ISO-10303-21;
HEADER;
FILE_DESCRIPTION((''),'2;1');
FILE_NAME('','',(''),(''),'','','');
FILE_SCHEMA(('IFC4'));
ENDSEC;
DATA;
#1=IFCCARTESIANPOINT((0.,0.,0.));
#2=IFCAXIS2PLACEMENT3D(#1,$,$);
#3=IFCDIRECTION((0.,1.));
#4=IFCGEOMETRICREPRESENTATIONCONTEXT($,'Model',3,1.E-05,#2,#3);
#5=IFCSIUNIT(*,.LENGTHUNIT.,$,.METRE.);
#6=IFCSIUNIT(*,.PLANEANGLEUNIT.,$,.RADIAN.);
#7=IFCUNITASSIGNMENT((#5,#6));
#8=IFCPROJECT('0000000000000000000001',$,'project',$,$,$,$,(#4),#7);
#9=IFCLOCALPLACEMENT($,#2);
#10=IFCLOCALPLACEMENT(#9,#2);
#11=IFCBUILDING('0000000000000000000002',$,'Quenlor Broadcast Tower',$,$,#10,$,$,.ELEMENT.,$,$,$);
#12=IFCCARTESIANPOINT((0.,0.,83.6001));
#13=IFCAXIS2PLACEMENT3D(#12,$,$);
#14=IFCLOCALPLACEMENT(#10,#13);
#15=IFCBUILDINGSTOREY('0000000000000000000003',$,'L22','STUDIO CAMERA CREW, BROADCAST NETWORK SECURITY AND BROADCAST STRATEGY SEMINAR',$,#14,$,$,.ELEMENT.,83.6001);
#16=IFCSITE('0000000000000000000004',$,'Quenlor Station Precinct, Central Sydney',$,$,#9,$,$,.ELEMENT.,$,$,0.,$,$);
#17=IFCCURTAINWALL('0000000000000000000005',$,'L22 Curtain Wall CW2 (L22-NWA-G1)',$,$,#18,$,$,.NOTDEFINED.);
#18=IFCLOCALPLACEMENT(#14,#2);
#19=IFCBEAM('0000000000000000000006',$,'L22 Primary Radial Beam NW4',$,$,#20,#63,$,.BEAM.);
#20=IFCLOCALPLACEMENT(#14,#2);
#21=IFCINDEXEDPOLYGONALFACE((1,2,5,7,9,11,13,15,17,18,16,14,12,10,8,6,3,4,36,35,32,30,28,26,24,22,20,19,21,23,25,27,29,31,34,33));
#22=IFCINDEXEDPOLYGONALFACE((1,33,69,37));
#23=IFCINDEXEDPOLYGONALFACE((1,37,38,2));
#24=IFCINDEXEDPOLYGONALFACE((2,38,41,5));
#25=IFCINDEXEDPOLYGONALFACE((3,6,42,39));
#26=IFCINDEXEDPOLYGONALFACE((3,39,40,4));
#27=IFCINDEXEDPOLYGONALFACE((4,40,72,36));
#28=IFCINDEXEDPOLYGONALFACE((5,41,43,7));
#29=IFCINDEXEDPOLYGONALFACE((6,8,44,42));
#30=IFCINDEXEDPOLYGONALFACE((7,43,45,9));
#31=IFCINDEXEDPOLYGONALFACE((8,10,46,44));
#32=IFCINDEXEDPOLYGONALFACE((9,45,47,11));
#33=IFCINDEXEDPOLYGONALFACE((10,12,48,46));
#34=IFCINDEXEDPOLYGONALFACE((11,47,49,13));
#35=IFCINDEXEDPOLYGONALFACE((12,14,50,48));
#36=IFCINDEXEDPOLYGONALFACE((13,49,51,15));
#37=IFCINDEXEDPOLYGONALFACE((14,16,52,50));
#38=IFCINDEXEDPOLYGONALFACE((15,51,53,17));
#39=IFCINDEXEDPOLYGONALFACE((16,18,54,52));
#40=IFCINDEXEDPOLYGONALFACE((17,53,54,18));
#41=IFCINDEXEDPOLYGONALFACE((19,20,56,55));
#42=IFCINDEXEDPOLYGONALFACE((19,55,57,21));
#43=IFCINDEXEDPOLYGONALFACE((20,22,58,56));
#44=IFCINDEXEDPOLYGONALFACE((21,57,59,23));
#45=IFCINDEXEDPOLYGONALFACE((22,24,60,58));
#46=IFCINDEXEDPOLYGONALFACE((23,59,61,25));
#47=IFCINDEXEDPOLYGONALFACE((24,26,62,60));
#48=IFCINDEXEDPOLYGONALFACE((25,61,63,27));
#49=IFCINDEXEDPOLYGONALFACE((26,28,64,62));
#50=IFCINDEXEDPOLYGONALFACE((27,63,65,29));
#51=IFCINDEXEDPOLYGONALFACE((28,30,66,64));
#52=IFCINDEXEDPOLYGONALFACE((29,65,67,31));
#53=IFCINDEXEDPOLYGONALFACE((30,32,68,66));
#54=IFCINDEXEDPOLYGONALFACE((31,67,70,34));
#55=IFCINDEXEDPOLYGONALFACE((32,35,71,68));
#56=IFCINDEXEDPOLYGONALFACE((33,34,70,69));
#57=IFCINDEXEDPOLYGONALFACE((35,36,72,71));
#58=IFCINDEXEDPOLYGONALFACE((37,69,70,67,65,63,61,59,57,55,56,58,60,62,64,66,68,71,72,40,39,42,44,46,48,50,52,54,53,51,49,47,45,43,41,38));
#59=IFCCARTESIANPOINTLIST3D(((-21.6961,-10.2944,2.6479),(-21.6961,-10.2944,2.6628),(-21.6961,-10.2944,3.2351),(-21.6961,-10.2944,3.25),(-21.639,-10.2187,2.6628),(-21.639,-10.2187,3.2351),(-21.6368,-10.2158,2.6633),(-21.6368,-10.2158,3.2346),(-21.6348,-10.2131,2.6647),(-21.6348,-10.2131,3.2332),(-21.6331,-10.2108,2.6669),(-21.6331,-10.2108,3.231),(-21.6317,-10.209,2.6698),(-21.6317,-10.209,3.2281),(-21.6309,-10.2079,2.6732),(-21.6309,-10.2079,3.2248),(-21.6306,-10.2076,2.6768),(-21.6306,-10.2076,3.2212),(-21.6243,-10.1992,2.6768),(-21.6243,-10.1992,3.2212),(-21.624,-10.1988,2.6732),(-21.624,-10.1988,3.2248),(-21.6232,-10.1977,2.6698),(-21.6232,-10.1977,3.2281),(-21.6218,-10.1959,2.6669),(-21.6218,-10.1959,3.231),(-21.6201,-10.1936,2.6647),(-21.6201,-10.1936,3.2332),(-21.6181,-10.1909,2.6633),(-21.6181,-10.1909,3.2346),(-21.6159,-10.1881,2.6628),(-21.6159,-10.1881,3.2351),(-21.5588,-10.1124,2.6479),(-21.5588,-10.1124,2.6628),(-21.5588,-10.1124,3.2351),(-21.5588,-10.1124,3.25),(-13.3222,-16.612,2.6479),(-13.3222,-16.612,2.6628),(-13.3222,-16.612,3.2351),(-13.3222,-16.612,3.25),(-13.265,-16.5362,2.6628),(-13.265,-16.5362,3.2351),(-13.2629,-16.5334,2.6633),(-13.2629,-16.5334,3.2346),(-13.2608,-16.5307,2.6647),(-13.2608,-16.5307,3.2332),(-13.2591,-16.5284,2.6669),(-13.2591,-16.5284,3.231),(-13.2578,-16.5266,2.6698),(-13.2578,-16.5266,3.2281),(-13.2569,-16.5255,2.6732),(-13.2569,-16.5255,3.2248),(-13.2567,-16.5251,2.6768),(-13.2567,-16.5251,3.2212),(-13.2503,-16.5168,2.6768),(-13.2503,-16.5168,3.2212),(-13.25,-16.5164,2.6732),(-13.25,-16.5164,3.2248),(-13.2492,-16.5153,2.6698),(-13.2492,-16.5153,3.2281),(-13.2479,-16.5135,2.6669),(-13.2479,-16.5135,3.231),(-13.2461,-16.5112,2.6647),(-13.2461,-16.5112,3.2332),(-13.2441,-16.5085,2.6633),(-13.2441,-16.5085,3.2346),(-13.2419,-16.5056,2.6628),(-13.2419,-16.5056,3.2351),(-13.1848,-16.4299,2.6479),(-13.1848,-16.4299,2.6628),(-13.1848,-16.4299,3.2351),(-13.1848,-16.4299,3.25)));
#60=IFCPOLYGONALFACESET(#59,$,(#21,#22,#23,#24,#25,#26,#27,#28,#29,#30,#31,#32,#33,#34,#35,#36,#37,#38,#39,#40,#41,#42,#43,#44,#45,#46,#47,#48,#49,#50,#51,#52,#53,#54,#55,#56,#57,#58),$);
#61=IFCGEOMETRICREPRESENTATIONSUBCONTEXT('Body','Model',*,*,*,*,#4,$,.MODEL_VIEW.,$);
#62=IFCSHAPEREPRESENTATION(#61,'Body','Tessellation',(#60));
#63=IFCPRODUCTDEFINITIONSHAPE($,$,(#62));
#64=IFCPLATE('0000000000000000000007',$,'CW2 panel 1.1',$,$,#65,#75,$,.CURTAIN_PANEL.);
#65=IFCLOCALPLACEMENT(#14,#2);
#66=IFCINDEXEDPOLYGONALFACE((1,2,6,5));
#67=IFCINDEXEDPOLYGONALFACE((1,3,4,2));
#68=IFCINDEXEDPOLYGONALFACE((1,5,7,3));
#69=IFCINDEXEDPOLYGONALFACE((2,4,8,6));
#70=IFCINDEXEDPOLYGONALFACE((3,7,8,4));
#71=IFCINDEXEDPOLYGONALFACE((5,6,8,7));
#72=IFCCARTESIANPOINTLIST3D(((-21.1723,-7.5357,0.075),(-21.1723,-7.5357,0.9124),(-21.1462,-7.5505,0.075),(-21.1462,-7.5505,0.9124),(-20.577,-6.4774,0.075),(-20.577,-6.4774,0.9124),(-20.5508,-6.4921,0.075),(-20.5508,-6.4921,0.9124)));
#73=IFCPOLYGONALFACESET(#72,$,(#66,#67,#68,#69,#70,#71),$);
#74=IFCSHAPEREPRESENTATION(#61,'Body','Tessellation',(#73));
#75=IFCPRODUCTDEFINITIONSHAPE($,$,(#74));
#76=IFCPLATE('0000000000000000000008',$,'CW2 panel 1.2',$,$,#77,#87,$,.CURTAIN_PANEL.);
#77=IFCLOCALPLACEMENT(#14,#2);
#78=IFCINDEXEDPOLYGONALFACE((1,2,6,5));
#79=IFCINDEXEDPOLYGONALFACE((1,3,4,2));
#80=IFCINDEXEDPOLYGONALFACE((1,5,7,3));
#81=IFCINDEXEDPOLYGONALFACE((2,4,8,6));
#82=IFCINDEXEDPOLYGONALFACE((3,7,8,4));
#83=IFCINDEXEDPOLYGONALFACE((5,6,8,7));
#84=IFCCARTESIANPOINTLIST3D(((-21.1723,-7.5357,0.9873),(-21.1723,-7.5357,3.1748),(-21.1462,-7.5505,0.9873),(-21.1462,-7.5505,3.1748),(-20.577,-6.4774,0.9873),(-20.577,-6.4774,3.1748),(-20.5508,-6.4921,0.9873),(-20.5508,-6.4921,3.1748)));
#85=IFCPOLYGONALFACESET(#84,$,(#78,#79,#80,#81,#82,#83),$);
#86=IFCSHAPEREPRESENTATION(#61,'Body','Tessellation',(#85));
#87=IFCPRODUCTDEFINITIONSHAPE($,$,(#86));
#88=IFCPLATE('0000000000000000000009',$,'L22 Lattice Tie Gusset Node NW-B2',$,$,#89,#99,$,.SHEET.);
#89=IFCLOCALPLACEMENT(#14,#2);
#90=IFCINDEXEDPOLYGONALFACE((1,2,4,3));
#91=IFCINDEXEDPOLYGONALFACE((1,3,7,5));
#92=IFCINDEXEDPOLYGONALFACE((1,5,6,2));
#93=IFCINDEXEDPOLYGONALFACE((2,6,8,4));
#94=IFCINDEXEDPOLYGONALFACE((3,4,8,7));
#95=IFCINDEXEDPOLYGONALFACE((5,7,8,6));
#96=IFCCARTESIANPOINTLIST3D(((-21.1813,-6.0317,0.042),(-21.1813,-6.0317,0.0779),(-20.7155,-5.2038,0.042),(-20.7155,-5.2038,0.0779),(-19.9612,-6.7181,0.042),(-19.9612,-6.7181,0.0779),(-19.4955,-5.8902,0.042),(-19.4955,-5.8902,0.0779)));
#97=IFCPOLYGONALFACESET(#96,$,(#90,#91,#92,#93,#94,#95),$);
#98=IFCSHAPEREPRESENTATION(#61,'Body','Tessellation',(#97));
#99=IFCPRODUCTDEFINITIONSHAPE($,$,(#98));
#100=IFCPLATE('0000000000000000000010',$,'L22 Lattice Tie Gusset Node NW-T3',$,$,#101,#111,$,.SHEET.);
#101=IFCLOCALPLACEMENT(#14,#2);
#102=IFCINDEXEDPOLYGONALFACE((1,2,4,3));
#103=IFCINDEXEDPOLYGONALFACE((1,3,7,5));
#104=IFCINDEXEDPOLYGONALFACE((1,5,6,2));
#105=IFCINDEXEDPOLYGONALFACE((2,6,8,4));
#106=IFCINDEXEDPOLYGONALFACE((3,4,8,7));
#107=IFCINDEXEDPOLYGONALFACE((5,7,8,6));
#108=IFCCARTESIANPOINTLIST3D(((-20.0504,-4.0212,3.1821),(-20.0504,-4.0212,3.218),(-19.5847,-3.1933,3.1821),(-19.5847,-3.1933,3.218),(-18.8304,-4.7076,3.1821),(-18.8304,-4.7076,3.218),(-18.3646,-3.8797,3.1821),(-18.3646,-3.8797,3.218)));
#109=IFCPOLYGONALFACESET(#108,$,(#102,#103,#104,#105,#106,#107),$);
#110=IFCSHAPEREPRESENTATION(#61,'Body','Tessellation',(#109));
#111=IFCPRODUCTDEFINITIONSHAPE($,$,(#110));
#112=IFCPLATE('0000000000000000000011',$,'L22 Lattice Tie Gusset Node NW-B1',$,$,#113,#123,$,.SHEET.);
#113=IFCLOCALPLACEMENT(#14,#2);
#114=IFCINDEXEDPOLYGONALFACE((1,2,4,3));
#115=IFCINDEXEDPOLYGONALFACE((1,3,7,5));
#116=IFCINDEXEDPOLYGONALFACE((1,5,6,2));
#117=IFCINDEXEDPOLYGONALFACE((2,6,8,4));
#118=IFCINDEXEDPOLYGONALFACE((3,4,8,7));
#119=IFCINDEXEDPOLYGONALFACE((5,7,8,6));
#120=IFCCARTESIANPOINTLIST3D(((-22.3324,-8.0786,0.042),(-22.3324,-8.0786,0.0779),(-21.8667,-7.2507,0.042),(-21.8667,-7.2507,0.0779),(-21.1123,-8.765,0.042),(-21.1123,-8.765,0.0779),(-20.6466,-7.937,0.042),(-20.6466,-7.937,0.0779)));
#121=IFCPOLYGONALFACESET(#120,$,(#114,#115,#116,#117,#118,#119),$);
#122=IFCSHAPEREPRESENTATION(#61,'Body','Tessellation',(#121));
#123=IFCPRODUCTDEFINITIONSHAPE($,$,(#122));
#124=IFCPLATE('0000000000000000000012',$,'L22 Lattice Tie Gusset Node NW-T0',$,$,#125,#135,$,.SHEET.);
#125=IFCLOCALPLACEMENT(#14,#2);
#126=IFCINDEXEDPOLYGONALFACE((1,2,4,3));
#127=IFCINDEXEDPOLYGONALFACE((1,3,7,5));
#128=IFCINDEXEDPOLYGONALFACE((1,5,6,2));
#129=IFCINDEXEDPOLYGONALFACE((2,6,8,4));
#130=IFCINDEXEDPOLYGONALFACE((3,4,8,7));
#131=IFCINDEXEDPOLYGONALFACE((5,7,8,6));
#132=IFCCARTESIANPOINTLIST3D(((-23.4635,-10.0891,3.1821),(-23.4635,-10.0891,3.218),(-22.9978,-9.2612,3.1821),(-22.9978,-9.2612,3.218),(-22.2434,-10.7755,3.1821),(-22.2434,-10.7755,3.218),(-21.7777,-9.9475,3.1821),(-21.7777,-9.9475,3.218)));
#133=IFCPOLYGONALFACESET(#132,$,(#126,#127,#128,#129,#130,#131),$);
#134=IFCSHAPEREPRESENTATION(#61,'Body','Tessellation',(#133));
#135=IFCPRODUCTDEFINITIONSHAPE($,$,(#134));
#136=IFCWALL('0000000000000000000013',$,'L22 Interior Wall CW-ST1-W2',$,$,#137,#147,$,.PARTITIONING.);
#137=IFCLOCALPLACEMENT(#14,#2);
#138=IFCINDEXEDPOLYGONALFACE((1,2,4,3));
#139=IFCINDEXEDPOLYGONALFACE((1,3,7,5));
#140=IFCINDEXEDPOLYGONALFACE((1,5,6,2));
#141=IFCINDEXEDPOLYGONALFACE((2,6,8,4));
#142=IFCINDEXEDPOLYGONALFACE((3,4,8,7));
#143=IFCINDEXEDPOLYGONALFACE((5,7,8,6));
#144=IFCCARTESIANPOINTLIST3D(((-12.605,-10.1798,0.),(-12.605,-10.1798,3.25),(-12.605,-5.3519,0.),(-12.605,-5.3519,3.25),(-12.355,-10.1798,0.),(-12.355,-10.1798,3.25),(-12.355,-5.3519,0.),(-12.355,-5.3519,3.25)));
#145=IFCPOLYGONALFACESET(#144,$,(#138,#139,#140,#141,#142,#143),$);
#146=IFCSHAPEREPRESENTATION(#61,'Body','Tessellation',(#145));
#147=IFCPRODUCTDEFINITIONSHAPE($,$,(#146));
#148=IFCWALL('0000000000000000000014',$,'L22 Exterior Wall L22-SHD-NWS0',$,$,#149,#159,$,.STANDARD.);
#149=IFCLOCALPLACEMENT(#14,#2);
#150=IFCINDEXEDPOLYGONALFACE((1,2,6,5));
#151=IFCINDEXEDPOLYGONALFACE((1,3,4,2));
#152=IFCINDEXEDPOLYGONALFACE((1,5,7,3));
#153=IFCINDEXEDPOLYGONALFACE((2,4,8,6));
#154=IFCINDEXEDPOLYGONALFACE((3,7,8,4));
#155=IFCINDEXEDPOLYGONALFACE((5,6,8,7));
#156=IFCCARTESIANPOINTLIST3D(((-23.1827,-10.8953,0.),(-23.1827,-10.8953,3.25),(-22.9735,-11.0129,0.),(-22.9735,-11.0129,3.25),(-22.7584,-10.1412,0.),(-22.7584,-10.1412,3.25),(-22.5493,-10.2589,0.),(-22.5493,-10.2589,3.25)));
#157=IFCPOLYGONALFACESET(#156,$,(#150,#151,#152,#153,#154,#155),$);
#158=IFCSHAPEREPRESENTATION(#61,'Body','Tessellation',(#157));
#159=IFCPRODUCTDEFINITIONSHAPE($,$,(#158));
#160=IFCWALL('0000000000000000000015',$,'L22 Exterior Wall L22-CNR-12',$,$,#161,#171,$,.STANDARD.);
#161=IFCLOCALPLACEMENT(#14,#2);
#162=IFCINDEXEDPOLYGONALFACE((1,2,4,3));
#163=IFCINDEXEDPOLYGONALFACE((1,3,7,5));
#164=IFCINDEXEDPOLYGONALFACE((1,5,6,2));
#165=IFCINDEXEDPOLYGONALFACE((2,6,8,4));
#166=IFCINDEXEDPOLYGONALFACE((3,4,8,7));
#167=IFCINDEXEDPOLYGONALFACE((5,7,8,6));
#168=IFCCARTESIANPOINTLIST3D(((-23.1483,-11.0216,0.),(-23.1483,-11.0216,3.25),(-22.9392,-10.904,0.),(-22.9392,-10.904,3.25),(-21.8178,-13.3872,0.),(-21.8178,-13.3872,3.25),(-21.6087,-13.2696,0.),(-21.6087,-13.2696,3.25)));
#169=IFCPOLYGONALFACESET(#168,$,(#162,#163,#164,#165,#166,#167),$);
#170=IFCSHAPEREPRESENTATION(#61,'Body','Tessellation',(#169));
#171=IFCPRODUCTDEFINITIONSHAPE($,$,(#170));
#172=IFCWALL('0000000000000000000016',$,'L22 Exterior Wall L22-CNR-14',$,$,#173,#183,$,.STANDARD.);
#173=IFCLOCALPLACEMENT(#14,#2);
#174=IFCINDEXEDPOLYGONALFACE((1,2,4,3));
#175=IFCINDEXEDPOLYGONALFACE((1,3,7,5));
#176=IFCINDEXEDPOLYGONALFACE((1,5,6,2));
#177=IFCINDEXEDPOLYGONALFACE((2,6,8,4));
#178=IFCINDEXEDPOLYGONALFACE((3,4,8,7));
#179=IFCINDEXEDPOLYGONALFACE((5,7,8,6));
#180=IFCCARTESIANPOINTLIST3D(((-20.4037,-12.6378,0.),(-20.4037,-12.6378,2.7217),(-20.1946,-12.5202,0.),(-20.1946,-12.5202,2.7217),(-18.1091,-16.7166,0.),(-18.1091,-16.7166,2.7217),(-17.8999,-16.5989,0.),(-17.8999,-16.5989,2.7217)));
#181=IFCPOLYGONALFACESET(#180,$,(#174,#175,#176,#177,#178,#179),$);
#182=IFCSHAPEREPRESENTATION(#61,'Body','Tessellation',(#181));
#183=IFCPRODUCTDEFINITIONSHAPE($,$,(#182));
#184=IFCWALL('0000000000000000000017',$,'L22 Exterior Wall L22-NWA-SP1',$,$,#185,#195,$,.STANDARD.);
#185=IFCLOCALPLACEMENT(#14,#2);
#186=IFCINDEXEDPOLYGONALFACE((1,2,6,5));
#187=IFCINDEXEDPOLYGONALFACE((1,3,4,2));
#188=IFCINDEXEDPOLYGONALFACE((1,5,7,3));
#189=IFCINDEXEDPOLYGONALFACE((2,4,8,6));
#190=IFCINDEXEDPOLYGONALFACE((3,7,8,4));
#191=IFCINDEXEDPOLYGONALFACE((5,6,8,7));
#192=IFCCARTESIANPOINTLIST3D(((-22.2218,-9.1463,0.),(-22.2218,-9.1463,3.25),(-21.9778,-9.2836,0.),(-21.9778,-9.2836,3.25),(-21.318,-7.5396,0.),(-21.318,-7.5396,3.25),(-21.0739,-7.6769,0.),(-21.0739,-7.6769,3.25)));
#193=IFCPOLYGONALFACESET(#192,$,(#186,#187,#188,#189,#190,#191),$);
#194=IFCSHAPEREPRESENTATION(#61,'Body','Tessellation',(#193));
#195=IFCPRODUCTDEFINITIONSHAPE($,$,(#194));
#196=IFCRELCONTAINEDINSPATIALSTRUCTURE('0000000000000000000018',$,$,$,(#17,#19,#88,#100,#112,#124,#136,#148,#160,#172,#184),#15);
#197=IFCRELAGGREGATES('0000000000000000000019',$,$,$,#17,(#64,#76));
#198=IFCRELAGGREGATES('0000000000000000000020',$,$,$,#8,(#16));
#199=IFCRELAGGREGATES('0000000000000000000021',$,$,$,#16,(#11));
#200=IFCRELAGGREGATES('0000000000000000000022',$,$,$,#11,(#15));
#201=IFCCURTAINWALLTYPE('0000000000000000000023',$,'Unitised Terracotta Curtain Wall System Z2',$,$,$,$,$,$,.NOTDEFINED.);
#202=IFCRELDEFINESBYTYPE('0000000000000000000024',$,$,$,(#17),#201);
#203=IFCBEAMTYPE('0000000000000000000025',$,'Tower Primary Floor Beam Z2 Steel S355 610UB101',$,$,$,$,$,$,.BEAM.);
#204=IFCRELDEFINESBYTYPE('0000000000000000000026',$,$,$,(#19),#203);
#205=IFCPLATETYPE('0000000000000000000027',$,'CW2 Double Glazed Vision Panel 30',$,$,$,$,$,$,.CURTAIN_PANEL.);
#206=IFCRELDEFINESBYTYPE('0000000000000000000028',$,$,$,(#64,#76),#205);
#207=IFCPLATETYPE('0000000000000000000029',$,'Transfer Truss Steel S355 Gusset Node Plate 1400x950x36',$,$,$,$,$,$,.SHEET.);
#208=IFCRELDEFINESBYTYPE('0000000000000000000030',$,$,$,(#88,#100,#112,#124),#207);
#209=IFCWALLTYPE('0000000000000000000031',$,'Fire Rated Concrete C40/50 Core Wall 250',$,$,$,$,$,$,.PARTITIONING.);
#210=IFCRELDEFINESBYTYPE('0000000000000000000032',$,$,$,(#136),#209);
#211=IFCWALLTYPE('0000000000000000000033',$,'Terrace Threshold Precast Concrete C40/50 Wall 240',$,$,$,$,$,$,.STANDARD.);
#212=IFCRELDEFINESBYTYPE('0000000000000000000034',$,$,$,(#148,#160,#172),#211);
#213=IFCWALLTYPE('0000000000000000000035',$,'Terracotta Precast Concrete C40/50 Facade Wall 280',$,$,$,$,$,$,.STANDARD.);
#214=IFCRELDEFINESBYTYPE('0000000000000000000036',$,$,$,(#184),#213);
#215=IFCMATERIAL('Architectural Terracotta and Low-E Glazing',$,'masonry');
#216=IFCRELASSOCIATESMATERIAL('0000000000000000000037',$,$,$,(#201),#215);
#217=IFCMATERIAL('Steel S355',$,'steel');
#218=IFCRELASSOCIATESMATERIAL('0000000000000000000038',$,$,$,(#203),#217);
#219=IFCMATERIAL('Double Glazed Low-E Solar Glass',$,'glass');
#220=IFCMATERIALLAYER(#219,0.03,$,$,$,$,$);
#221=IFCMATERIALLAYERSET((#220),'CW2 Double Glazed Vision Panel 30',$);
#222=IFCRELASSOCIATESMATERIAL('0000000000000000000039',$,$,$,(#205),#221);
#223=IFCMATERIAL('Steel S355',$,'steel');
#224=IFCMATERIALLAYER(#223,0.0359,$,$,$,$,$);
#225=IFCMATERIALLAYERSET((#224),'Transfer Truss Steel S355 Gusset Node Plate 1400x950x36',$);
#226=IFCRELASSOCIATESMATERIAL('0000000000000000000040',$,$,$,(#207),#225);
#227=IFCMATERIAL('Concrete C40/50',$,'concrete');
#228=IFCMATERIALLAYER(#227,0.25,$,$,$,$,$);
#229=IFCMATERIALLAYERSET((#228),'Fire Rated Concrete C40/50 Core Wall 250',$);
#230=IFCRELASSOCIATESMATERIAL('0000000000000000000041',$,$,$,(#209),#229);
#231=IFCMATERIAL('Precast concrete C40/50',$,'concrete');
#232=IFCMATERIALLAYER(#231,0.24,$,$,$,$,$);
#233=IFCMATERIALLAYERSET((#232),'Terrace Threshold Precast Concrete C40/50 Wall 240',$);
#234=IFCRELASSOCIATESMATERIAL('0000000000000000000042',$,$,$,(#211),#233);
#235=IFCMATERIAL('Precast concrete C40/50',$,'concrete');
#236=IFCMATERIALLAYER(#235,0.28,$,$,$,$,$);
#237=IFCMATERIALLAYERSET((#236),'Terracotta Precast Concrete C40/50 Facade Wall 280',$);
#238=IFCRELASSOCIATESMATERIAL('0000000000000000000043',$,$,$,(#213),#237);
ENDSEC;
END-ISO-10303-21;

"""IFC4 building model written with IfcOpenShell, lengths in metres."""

from ifc_helpers import new_model, si_unit, direction, frame, frame_2d, origin, origin_2d, place, context, subcontext, project, spatial, rectangle, i_section, extrude, material, layer, layer_set, material_profile, profile_set, type_object, element, aggregate, save


model = new_model("IFC4")

# Units and contexts
model_context = context("Model", 3, precision=1e-05, world=origin(), true_north=direction((0.0, 1.0)))
body_context = subcontext(model_context, "Body", "Model", "MODEL_VIEW")
ifc_project = project(units=[si_unit("LENGTHUNIT", "METRE"), si_unit("PLANEANGLEUNIT", "RADIAN")], contexts=[model_context])

# Site, building, storey
site_placement = place(None, origin())
site = spatial("IfcSite", under=ifc_project, at=site_placement, Name="Quenlor Station Precinct, Central Sydney", CompositionType="ELEMENT", RefElevation=0.0)
building_placement = place(site_placement, origin())
building = spatial("IfcBuilding", under=site, at=building_placement, Name="Quenlor Broadcast Tower", CompositionType="ELEMENT")
storey_placement = place(building_placement, frame((0.0, 0.0, 83.6001)))
storey = spatial("IfcBuildingStorey", under=building, at=storey_placement, Name="L22", Description="STUDIO CAMERA CREW, BROADCAST NETWORK SECURITY AND BROADCAST STRATEGY SEMINAR", CompositionType="ELEMENT", Elevation=83.6001)

# Curtain wall
ifc_material_1 = material(Name="Architectural Terracotta and Low-E Glazing", Category="masonry")
curtain_wall_type = type_object("IfcCurtainWallType", Name="Unitised Terracotta Curtain Wall System Z2", PredefinedType="NOTDEFINED", material=ifc_material_1)
curtain_wall_placement = place(storey_placement, origin())
curtain_wall = element("IfcCurtainWall", 1, at=curtain_wall_placement, inside=storey, type_object=curtain_wall_type, Name="L22 Curtain Wall CW2 (L22-NWA-G1)", PredefinedType="NOTDEFINED")

# Beam
ifc_material_2 = material(Name="Steel S355", Category="steel")
ifc_material_profile_1 = material_profile(ifc_material_2, i_section(OverallWidth=0.228, OverallDepth=0.6021, WebThickness=0.0105, FlangeThickness=0.0149, FilletRadius=0.0139, at=origin_2d()))
ifc_profile_set_1 = profile_set([ifc_material_profile_1], Name="Steel S355 610UB101")
beam_type_1 = type_object("IfcBeamType", Name="Tower Primary Floor Beam Z2 Steel S355 610UB101", PredefinedType="BEAM", material=ifc_profile_set_1)
beam_1_placement = place(storey_placement, frame((-21.6274, -10.2034, 2.949), z_axis=(0.798299, -0.602262, 0.0), x_axis=(0.602262, 0.798299, 0.0)))
element("IfcBeam", 2, at=beam_1_placement, inside=storey, type_object=beam_type_1, Name="L22 Primary Radial Beam NW4", PredefinedType="BEAM", context=body_context, shape_type="SweptSolid", body=[
    extrude(i_section(OverallWidth=0.228, OverallDepth=0.6021, WebThickness=0.0105, FlangeThickness=0.0149, FilletRadius=0.0139, at=origin_2d()), origin(), (0.0, 0.0, 1.0), 10.4897),
])

# Plates
ifc_material_3 = material(Name="Double Glazed Low-E Solar Glass", Category="glass")
ifc_layer_1 = layer(ifc_material_3, 0.03)
ifc_layer_set_1 = layer_set([ifc_layer_1], Name="CW2 Double Glazed Vision Panel 30")
plate_type_1 = type_object("IfcPlateType", Name="CW2 Double Glazed Vision Panel 30", PredefinedType="CURTAIN_PANEL", material=ifc_layer_set_1)
plate_1_placement = place(storey_placement, frame((-20.8616, -7.0139, 0.075), z_axis=(0.0, 0.0, 1.0), x_axis=(0.490279, 0.871566, 0.0)))
plate_1 = element("IfcPlate", 3, at=plate_1_placement, type_object=plate_type_1, Name="CW2 panel 1.1", PredefinedType="CURTAIN_PANEL", context=body_context, shape_type="SweptSolid", body=[
    extrude(rectangle(XDim=1.2144, YDim=0.03, at=origin_2d()), origin(), (0.0, 0.0, 1.0), 0.8374),
])
plate_2_placement = place(storey_placement, frame((-20.8616, -7.0139, 0.9873), z_axis=(0.0, 0.0, 1.0), x_axis=(0.490279, 0.871566, 0.0)))
plate_2 = element("IfcPlate", 4, at=plate_2_placement, type_object=plate_type_1, Name="CW2 panel 1.2", PredefinedType="CURTAIN_PANEL", context=body_context, shape_type="SweptSolid", body=[
    extrude(rectangle(XDim=1.2144, YDim=0.03, at=origin_2d()), origin(), (0.0, 0.0, 1.0), 2.1875),
])
aggregate(curtain_wall, [plate_1, plate_2])

# Plates
ifc_material_4 = material(Name="Steel S355", Category="steel")
ifc_layer_2 = layer(ifc_material_4, 0.0359)
ifc_layer_set_2 = layer_set([ifc_layer_2], Name="Transfer Truss Steel S355 Gusset Node Plate 1400x950x36")
plate_type_2 = type_object("IfcPlateType", Name="Transfer Truss Steel S355 Gusset Node Plate 1400x950x36", PredefinedType="SHEET", material=ifc_layer_set_2)
for number, where, z_axis, x_axis, name in (
    (5, (-20.3384, -5.9609, 0.042), (0.0, 0.0, 1.0), (-0.871556, 0.490295, 0.0), "L22 Lattice Tie Gusset Node NW-B2"),
    (6, (-19.2075, -3.9504, 3.1821), (0.0, 0.0, 1.0), (-0.871556, 0.490295, 0.0), "L22 Lattice Tie Gusset Node NW-T3"),
    (7, (-21.4895, -8.0078, 0.042), (0.0, 0.0, 1.0), (-0.871556, 0.490295, 0.0), "L22 Lattice Tie Gusset Node NW-B1"),
    (8, (-22.6206, -10.0183, 3.1821), (0.0, 0.0, 1.0), (-0.871556, 0.490295, 0.0), "L22 Lattice Tie Gusset Node NW-T0"),
):
    element("IfcPlate", number, at=place(storey_placement, frame(where, z_axis=z_axis, x_axis=x_axis)), inside=storey, type_object=plate_type_2, Name=name, PredefinedType="SHEET", context=body_context, shape_type="SweptSolid", body=[
        extrude(rectangle(XDim=1.3999, YDim=0.95, at=origin_2d()), origin(), (0.0, 0.0, 1.0), 0.0359),
    ])

# Walls
ifc_material_5 = material(Name="Concrete C40/50", Category="concrete")
ifc_layer_3 = layer(ifc_material_5, 0.25)
ifc_layer_set_3 = layer_set([ifc_layer_3], Name="Fire Rated Concrete C40/50 Core Wall 250")
wall_type_1 = type_object("IfcWallType", Name="Fire Rated Concrete C40/50 Core Wall 250", PredefinedType="PARTITIONING", material=ifc_layer_set_3)
wall_1_placement = place(storey_placement, frame((-12.48, -10.1799, 0.0), z_axis=(0.0, 0.0, 1.0), x_axis=(0.0, 1.0, 0.0)))
element("IfcWall", 9, at=wall_1_placement, inside=storey, type_object=wall_type_1, Name="L22 Interior Wall CW-ST1-W2", PredefinedType="PARTITIONING", context=body_context, shape_type="SweptSolid", body=[
    extrude(rectangle(XDim=4.8279, YDim=0.25, at=frame_2d((2.4141, 0.0))), origin(), (0.0, 0.0, 1.0), 3.25),
])
ifc_material_6 = material(Name="Precast concrete C40/50", Category="concrete")
ifc_layer_4 = layer(ifc_material_6, 0.24)
ifc_layer_set_4 = layer_set([ifc_layer_4], Name="Terrace Threshold Precast Concrete C40/50 Wall 240")
wall_type_2 = type_object("IfcWallType", Name="Terrace Threshold Precast Concrete C40/50 Wall 240", PredefinedType="STANDARD", material=ifc_layer_set_4)
wall_2_placement = place(storey_placement, frame((-23.0781, -10.9541, 0.0), z_axis=(0.0, 0.0, 1.0), x_axis=(0.490355, 0.871523, 0.0)))
element("IfcWall", 10, at=wall_2_placement, inside=storey, type_object=wall_type_2, Name="L22 Exterior Wall L22-SHD-NWS0", PredefinedType="STANDARD", context=body_context, shape_type="SweptSolid", body=[
    extrude(rectangle(XDim=0.8652, YDim=0.24, at=frame_2d((0.4326, 0.0))), origin(), (0.0, 0.0, 1.0), 3.25),
])
wall_3_placement = place(storey_placement, frame((-23.0437, -10.9629, 0.0), z_axis=(0.0, 0.0, 1.0), x_axis=(0.490219, -0.8716, 0.0)))
element("IfcWall", 11, at=wall_3_placement, inside=storey, type_object=wall_type_2, Name="L22 Exterior Wall L22-CNR-12", PredefinedType="STANDARD", context=body_context, shape_type="SweptSolid", body=[
    extrude(rectangle(XDim=2.7141, YDim=0.24, at=frame_2d((1.3569, 0.0))), origin(), (0.0, 0.0, 1.0), 3.25),
])
wall_4_placement = place(storey_placement, frame((-20.2991, -12.5791, 0.0), z_axis=(0.0, 0.0, 1.0), x_axis=(0.490313, -0.871546, 0.0)))
element("IfcWall", 12, at=wall_4_placement, inside=storey, type_object=wall_type_2, Name="L22 Exterior Wall L22-CNR-14", PredefinedType="STANDARD", context=body_context, shape_type="SweptSolid", body=[
    extrude(rectangle(XDim=4.6799, YDim=0.24, at=frame_2d((2.3398, 0.0))), origin(), (0.0, 0.0, 1.0), 2.7217),
])
ifc_material_7 = material(Name="Precast concrete C40/50", Category="concrete")
ifc_layer_5 = layer(ifc_material_7, 0.28)
ifc_layer_set_5 = layer_set([ifc_layer_5], Name="Terracotta Precast Concrete C40/50 Facade Wall 280")
wall_type_3 = type_object("IfcWallType", Name="Terracotta Precast Concrete C40/50 Facade Wall 280", PredefinedType="STANDARD", material=ifc_layer_set_5)
wall_5_placement = place(storey_placement, frame((-22.0999, -9.2151, 0.0), z_axis=(0.0, 0.0, 1.0), x_axis=(0.49028, 0.871565, 0.0)))
element("IfcWall", 13, at=wall_5_placement, inside=storey, type_object=wall_type_3, Name="L22 Exterior Wall L22-NWA-SP1", PredefinedType="STANDARD", context=body_context, shape_type="SweptSolid", body=[
    extrude(rectangle(XDim=1.8435, YDim=0.28, at=frame_2d((0.9219, 0.0))), origin(), (0.0, 0.0, 1.0), 3.25),
])

save(model, "model.ifc")
